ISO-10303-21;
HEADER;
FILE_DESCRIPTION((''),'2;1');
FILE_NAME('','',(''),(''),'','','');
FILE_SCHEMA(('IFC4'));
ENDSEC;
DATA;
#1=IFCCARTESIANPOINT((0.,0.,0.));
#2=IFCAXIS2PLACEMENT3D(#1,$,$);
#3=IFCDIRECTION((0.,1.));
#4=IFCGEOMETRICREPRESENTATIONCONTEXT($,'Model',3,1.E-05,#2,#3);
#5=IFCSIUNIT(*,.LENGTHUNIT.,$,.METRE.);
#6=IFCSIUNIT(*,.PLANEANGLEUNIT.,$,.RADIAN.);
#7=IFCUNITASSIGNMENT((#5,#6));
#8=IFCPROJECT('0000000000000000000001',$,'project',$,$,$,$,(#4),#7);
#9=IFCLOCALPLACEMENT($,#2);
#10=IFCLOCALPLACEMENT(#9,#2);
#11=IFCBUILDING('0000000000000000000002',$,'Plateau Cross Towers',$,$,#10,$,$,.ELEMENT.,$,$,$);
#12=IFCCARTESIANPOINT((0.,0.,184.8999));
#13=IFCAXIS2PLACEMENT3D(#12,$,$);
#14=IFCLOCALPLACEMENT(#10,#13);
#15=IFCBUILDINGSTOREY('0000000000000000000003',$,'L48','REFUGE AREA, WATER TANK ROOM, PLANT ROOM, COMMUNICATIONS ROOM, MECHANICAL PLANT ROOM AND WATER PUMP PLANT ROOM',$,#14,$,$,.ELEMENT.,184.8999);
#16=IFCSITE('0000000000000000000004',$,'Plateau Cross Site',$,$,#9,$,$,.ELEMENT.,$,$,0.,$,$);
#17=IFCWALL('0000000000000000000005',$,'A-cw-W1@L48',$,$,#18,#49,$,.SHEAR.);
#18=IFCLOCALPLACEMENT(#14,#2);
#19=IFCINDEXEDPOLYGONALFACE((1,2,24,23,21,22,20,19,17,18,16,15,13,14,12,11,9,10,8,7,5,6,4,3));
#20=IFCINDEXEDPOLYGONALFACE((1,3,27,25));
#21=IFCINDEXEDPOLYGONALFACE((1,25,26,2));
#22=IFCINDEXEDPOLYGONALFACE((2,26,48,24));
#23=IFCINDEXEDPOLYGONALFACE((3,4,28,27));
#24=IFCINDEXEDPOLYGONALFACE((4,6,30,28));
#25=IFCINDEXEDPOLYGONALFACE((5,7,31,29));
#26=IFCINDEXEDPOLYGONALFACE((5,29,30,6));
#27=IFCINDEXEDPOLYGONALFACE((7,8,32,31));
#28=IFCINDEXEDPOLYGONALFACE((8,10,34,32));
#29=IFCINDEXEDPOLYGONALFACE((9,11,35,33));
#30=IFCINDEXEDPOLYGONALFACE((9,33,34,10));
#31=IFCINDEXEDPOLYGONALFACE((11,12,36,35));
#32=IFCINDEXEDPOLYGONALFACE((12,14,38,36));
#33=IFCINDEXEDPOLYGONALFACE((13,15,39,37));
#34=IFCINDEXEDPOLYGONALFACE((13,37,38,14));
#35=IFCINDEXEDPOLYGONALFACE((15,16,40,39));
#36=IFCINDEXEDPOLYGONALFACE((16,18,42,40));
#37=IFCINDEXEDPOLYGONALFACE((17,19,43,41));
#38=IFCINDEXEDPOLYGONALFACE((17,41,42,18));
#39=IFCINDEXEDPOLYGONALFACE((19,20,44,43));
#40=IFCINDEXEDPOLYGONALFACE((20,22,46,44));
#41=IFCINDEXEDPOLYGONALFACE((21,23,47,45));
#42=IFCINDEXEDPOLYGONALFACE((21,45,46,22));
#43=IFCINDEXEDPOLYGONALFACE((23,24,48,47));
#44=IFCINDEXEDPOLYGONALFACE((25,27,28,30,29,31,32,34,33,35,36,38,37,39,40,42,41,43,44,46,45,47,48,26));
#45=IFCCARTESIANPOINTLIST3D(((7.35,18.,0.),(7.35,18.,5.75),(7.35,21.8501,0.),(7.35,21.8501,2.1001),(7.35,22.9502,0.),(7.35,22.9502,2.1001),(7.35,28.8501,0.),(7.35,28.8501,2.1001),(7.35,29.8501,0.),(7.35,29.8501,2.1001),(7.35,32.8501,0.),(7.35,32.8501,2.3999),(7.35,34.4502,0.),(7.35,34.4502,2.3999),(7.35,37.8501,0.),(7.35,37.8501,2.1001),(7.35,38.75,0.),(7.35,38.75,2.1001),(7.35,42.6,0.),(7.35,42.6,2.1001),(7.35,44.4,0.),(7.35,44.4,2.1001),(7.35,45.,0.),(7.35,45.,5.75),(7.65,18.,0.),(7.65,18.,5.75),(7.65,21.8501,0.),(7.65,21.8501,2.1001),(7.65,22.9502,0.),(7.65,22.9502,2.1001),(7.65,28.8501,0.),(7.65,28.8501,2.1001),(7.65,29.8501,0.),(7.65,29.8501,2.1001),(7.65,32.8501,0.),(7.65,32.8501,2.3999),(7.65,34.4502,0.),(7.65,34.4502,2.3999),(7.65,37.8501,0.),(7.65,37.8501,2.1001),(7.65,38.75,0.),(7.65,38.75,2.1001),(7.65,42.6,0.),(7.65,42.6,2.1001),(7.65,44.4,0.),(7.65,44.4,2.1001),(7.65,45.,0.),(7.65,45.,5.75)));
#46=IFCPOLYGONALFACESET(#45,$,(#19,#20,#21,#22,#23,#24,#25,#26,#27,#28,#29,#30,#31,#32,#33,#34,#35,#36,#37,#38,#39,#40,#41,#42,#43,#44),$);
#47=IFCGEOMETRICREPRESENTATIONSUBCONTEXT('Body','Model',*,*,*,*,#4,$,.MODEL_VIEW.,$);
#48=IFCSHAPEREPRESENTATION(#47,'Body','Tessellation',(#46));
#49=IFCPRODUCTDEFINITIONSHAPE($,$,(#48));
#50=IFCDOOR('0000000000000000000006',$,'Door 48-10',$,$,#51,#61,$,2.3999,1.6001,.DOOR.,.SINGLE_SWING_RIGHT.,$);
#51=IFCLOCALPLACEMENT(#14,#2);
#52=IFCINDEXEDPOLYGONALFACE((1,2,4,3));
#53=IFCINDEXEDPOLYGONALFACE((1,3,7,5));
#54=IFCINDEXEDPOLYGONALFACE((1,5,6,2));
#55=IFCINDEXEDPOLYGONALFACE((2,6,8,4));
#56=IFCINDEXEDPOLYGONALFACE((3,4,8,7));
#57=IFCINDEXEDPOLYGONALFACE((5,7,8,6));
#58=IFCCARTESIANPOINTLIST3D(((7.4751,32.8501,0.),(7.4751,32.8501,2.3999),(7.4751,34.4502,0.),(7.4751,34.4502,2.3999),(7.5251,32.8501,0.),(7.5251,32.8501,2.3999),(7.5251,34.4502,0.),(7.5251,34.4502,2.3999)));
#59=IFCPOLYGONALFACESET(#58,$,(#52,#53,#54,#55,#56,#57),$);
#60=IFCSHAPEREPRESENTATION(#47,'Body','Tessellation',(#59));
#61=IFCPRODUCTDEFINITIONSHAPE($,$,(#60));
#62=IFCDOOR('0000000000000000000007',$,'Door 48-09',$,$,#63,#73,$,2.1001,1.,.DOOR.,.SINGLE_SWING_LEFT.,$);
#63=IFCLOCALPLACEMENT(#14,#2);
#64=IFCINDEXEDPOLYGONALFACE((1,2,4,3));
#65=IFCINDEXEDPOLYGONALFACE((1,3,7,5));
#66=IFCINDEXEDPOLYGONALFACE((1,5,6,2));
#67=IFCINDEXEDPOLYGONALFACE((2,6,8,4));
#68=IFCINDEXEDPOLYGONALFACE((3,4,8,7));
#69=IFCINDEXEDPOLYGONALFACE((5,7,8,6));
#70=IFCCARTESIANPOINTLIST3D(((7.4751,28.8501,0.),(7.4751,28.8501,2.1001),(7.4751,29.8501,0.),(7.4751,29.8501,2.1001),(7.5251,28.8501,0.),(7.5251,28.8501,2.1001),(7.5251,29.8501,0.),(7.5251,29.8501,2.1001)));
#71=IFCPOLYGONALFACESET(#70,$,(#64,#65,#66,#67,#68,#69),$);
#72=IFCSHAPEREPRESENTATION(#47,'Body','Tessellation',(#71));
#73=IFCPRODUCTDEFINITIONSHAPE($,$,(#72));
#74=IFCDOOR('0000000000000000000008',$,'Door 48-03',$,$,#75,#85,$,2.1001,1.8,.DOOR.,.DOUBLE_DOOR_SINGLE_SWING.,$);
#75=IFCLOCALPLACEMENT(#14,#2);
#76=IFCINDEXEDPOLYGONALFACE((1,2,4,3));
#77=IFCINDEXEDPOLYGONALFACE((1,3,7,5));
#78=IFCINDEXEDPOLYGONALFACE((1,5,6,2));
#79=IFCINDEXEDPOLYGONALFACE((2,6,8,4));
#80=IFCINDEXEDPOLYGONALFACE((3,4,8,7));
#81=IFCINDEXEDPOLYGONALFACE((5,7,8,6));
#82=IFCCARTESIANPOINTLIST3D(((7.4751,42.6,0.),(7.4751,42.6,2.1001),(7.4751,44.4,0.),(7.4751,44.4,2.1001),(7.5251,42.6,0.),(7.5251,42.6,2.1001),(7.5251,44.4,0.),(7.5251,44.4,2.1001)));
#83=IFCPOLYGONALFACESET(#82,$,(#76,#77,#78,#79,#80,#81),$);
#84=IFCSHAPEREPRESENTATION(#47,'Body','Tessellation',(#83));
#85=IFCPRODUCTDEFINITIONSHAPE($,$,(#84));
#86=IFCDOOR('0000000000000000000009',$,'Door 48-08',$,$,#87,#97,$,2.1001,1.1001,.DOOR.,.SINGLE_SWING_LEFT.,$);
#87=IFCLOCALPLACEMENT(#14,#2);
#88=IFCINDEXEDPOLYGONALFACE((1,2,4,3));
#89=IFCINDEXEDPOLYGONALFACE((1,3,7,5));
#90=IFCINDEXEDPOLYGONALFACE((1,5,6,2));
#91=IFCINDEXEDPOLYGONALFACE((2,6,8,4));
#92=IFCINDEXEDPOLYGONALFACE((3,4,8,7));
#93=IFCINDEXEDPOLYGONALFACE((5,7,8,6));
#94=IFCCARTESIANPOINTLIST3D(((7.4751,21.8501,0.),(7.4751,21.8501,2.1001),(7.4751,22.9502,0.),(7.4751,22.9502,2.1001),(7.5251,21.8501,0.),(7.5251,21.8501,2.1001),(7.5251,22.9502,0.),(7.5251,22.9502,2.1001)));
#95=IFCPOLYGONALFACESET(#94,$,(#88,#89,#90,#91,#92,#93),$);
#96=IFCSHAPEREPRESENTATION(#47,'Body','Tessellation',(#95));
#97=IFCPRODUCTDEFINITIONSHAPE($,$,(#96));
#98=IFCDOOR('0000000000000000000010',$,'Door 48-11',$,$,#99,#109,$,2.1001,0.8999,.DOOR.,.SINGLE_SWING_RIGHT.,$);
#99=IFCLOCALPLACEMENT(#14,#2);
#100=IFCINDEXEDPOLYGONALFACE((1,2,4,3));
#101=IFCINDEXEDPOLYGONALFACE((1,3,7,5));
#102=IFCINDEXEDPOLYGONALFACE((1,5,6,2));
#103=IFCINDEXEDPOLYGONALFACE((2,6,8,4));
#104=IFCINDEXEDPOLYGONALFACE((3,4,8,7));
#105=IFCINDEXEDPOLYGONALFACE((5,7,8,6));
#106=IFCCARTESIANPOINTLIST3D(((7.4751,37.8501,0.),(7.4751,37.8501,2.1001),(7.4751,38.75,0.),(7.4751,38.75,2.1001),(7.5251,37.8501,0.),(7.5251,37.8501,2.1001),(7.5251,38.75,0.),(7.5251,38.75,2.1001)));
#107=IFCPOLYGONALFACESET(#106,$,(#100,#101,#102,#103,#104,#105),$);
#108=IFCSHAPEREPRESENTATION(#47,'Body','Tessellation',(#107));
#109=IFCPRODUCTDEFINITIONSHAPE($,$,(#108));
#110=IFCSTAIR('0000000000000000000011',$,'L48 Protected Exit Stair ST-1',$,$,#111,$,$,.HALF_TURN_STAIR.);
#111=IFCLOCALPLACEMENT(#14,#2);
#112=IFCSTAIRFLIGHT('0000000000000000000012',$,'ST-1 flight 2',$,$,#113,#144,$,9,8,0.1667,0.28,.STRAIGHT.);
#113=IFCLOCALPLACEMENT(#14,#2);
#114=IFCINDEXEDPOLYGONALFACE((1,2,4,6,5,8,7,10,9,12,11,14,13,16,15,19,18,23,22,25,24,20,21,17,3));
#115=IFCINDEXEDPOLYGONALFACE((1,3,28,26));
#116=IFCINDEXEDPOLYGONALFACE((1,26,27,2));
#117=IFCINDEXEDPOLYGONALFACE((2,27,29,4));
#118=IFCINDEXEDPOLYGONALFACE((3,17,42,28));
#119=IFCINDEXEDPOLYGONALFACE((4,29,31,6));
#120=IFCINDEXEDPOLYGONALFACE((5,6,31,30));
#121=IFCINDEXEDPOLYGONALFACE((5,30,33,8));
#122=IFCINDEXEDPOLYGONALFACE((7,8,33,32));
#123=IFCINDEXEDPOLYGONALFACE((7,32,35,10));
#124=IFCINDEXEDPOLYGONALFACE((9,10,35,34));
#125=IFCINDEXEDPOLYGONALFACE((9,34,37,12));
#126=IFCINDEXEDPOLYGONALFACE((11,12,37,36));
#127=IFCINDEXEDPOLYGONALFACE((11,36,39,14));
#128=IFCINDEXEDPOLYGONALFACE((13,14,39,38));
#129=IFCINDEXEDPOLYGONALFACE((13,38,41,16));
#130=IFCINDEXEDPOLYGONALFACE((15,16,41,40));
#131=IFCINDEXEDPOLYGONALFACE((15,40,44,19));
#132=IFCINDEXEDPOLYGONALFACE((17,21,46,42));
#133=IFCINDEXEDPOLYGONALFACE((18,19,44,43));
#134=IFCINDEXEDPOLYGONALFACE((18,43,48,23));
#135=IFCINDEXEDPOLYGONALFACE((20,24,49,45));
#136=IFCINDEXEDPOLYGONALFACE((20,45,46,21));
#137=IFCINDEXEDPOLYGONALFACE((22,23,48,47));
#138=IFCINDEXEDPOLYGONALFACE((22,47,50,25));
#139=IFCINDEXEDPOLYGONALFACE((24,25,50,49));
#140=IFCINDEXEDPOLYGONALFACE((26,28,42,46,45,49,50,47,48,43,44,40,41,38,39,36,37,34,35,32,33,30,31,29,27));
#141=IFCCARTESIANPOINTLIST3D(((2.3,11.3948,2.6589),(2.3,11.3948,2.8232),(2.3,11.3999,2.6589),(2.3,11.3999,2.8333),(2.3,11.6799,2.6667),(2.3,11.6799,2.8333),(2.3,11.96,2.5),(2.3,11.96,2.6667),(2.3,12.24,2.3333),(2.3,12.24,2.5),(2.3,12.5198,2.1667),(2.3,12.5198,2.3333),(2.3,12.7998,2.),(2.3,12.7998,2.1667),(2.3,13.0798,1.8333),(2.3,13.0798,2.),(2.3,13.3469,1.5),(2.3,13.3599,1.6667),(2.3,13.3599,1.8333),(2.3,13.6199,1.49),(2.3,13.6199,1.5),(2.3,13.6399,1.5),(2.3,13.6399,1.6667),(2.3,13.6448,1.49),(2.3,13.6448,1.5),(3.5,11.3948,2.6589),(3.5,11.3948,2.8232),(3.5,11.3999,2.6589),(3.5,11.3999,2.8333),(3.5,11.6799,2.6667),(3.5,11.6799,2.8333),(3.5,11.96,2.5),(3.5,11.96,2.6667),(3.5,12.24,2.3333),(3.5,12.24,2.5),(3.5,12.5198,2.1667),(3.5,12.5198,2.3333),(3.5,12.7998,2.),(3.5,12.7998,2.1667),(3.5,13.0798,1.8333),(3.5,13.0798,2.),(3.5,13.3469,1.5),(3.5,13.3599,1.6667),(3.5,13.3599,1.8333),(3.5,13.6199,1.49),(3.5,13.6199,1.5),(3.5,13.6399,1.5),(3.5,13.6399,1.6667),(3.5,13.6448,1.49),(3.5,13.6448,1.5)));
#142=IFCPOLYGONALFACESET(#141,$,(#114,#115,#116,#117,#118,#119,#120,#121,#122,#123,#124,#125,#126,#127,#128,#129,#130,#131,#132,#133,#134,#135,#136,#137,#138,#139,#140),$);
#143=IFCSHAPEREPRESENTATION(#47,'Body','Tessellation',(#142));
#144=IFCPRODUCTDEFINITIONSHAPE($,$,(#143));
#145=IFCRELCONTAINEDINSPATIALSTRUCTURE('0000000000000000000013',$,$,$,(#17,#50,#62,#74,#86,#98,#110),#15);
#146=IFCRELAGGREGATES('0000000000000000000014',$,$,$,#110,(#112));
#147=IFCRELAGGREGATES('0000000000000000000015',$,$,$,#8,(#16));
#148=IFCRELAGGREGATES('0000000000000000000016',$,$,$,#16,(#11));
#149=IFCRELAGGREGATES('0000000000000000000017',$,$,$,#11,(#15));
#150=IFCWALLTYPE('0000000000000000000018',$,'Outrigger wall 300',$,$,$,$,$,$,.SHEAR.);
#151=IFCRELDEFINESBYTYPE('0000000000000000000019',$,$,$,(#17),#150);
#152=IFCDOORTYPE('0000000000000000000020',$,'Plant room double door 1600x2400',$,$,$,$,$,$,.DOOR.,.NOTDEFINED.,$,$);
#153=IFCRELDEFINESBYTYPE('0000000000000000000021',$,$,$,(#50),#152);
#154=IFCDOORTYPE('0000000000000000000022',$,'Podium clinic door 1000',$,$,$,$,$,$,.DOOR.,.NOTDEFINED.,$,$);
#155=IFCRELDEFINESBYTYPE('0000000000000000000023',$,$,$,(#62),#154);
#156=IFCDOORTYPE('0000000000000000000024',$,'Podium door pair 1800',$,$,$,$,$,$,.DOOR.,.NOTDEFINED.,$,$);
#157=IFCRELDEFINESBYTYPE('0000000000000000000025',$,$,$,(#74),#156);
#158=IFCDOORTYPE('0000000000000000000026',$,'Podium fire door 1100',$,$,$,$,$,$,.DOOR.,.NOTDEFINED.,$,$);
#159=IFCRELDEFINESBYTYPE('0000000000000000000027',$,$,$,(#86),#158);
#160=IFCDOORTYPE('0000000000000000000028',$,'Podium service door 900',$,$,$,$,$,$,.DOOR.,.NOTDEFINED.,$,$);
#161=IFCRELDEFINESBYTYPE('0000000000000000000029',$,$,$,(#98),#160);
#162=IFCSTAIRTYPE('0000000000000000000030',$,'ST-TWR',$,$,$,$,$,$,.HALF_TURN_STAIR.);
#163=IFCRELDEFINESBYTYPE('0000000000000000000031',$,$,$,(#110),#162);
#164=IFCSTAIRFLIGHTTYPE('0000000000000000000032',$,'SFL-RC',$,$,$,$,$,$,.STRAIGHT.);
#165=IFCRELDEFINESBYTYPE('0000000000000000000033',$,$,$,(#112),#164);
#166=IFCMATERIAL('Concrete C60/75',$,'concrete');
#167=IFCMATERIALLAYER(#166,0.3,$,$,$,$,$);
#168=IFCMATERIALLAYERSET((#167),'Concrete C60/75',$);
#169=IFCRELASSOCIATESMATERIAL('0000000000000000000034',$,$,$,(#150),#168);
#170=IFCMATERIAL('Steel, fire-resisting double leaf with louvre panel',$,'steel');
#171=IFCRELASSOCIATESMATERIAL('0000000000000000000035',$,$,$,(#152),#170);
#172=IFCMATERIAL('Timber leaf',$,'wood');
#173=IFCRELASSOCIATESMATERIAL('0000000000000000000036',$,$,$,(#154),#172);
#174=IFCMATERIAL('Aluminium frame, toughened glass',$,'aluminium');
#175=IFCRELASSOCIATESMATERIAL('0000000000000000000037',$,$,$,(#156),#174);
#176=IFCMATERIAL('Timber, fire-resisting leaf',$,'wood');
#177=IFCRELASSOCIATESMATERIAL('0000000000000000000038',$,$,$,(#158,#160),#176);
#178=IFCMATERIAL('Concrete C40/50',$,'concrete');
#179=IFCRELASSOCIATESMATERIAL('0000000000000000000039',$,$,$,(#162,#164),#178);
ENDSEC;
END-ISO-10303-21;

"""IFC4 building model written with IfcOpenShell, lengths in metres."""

from ifc_helpers import new_model, si_unit, direction, frame, frame_2d, origin, place, context, subcontext, project, spatial, polyline, rectangle, outline, extrude, material, layer, layer_set, type_object, element, fill, aggregate, save


model = new_model("IFC4")

# Units and contexts
model_context = context("Model", 3, precision=1e-05, world=origin(), true_north=direction((0.0, 1.0)))
body_context = subcontext(model_context, "Body", "Model", "MODEL_VIEW")
ifc_project = project(units=[si_unit("LENGTHUNIT", "METRE"), si_unit("PLANEANGLEUNIT", "RADIAN")], contexts=[model_context])

# Site, building, storey
site_placement = place(None, origin())
site = spatial("IfcSite", under=ifc_project, at=site_placement, Name="Plateau Cross Site", CompositionType="ELEMENT", RefElevation=0.0)
building_placement = place(site_placement, origin())
building = spatial("IfcBuilding", under=site, at=building_placement, Name="Plateau Cross Towers", CompositionType="ELEMENT")
storey_placement = place(building_placement, frame((0.0, 0.0, 184.8999)))
storey = spatial("IfcBuildingStorey", under=building, at=storey_placement, Name="L48", Description="REFUGE AREA, WATER TANK ROOM, PLANT ROOM, COMMUNICATIONS ROOM, MECHANICAL PLANT ROOM AND WATER PUMP PLANT ROOM", CompositionType="ELEMENT", Elevation=184.8999)

# Shared definitions
ifc_material_1 = material(Name="Concrete C60/75", Category="concrete")

# Wall, openings, doors
ifc_layer_1 = layer(ifc_material_1, 0.3)
ifc_layer_set_1 = layer_set([ifc_layer_1], Name="Concrete C60/75")
wall_type_1 = type_object("IfcWallType", Name="Outrigger wall 300", PredefinedType="SHEAR", material=ifc_layer_set_1)
wall_1_placement = place(storey_placement, frame((7.5, 18.0, 0.0), z_axis=(0.0, 0.0, 1.0), x_axis=(0.0, 1.0, 0.0)))
wall_1 = element("IfcWall", 1, at=wall_1_placement, inside=storey, type_object=wall_type_1, Name="A-cw-W1@L48", PredefinedType="SHEAR", context=body_context, shape_type="SweptSolid", body=[
    extrude(rectangle(XDim=27.0, YDim=0.3, at=frame_2d((13.5, 0.0))), origin(), (0.0, 0.0, 1.0), 5.75),
])
opening_1_placement = place(wall_1_placement, frame((24.6001, 0.0, 0.0)))
opening_1 = element("IfcOpeningElement", 2, at=opening_1_placement, cuts=wall_1, PredefinedType="OPENING", context=body_context, shape_type="SweptSolid", body=[
    extrude(rectangle(XDim=1.8, YDim=2.1001, at=frame_2d((0.8999, 1.05))), frame((0.0, 0.1599, 0.0), z_axis=(0.0, -1.0, 0.0), x_axis=(1.0, 0.0, 0.0)), (0.0, 0.0, 1.0), 0.3201),
])
opening_2_placement = place(wall_1_placement, frame((3.8501, 0.0, 0.0)))
opening_2 = element("IfcOpeningElement", 3, at=opening_2_placement, cuts=wall_1, PredefinedType="OPENING", context=body_context, shape_type="SweptSolid", body=[
    extrude(rectangle(XDim=1.1001, YDim=2.1001, at=frame_2d((0.55, 1.05))), frame((0.0, 0.1599, 0.0), z_axis=(0.0, -1.0, 0.0), x_axis=(1.0, 0.0, 0.0)), (0.0, 0.0, 1.0), 0.3201),
])
opening_3_placement = place(wall_1_placement, frame((10.8501, 0.0, 0.0)))
opening_3 = element("IfcOpeningElement", 4, at=opening_3_placement, cuts=wall_1, PredefinedType="OPENING", context=body_context, shape_type="SweptSolid", body=[
    extrude(rectangle(XDim=1.0, YDim=2.1001, at=frame_2d((0.5, 1.05))), frame((0.0, 0.1599, 0.0), z_axis=(0.0, -1.0, 0.0), x_axis=(1.0, 0.0, 0.0)), (0.0, 0.0, 1.0), 0.3201),
])
opening_4_placement = place(wall_1_placement, frame((14.8501, 0.0, 0.0)))
opening_4 = element("IfcOpeningElement", 5, at=opening_4_placement, cuts=wall_1, PredefinedType="OPENING", context=body_context, shape_type="SweptSolid", body=[
    extrude(rectangle(XDim=1.6001, YDim=2.3999, at=frame_2d((0.8, 1.2))), frame((0.0, 0.1599, 0.0), z_axis=(0.0, -1.0, 0.0), x_axis=(1.0, 0.0, 0.0)), (0.0, 0.0, 1.0), 0.3201),
])
opening_5_placement = place(wall_1_placement, frame((19.8501, 0.0, 0.0)))
opening_5 = element("IfcOpeningElement", 6, at=opening_5_placement, cuts=wall_1, PredefinedType="OPENING", context=body_context, shape_type="SweptSolid", body=[
    extrude(rectangle(XDim=0.8999, YDim=2.1001, at=frame_2d((0.45, 1.05))), frame((0.0, 0.1599, 0.0), z_axis=(0.0, -1.0, 0.0), x_axis=(1.0, 0.0, 0.0)), (0.0, 0.0, 1.0), 0.3201),
])
ifc_material_2 = material(Name="Steel, fire-resisting double leaf with louvre panel", Category="steel")
door_type_1 = type_object("IfcDoorType", Name="Plant room double door 1600x2400", OperationType="NOTDEFINED", PredefinedType="DOOR", material=ifc_material_2)
door_1_placement = place(opening_4_placement, origin())
door_1 = element("IfcDoor", 7, at=door_1_placement, inside=storey, type_object=door_type_1, Name="Door 48-10", OperationType="SINGLE_SWING_RIGHT", OverallHeight=2.3999, OverallWidth=1.6001, PredefinedType="DOOR", context=body_context, shape_type="SweptSolid", body=[
    extrude(rectangle(XDim=1.6001, YDim=2.3999, at=frame_2d((0.8, 1.2))), frame((0.0, 0.0249, 0.0), z_axis=(0.0, -1.0, 0.0), x_axis=(1.0, 0.0, 0.0)), (0.0, 0.0, 1.0), 0.05),
])
fill(opening_4, door_1)
ifc_material_3 = material(Name="Timber leaf", Category="wood")
door_type_2 = type_object("IfcDoorType", Name="Podium clinic door 1000", OperationType="NOTDEFINED", PredefinedType="DOOR", material=ifc_material_3)
door_2_placement = place(opening_3_placement, origin())
door_2 = element("IfcDoor", 8, at=door_2_placement, inside=storey, type_object=door_type_2, Name="Door 48-09", OperationType="SINGLE_SWING_LEFT", OverallHeight=2.1001, OverallWidth=1.0, PredefinedType="DOOR", context=body_context, shape_type="SweptSolid", body=[
    extrude(rectangle(XDim=1.0, YDim=2.1001, at=frame_2d((0.5, 1.05))), frame((0.0, 0.0249, 0.0), z_axis=(0.0, -1.0, 0.0), x_axis=(1.0, 0.0, 0.0)), (0.0, 0.0, 1.0), 0.05),
])
fill(opening_3, door_2)
ifc_material_4 = material(Name="Aluminium frame, toughened glass", Category="aluminium")
door_type_3 = type_object("IfcDoorType", Name="Podium door pair 1800", OperationType="NOTDEFINED", PredefinedType="DOOR", material=ifc_material_4)
door_3_placement = place(opening_1_placement, origin())
door_3 = element("IfcDoor", 9, at=door_3_placement, inside=storey, type_object=door_type_3, Name="Door 48-03", OperationType="DOUBLE_DOOR_SINGLE_SWING", OverallHeight=2.1001, OverallWidth=1.8, PredefinedType="DOOR", context=body_context, shape_type="SweptSolid", body=[
    extrude(rectangle(XDim=1.8, YDim=2.1001, at=frame_2d((0.8999, 1.05))), frame((0.0, 0.0249, 0.0), z_axis=(0.0, -1.0, 0.0), x_axis=(1.0, 0.0, 0.0)), (0.0, 0.0, 1.0), 0.05),
])
fill(opening_1, door_3)
ifc_material_5 = material(Name="Timber, fire-resisting leaf", Category="wood")
door_type_4 = type_object("IfcDoorType", Name="Podium fire door 1100", OperationType="NOTDEFINED", PredefinedType="DOOR", material=ifc_material_5)
door_4_placement = place(opening_2_placement, origin())
door_4 = element("IfcDoor", 10, at=door_4_placement, inside=storey, type_object=door_type_4, Name="Door 48-08", OperationType="SINGLE_SWING_LEFT", OverallHeight=2.1001, OverallWidth=1.1001, PredefinedType="DOOR", context=body_context, shape_type="SweptSolid", body=[
    extrude(rectangle(XDim=1.1001, YDim=2.1001, at=frame_2d((0.55, 1.05))), frame((0.0, 0.0249, 0.0), z_axis=(0.0, -1.0, 0.0), x_axis=(1.0, 0.0, 0.0)), (0.0, 0.0, 1.0), 0.05),
])
fill(opening_2, door_4)
door_type_5 = type_object("IfcDoorType", Name="Podium service door 900", OperationType="NOTDEFINED", PredefinedType="DOOR", material=ifc_material_5)
door_5_placement = place(opening_5_placement, origin())
door_5 = element("IfcDoor", 11, at=door_5_placement, inside=storey, type_object=door_type_5, Name="Door 48-11", OperationType="SINGLE_SWING_RIGHT", OverallHeight=2.1001, OverallWidth=0.8999, PredefinedType="DOOR", context=body_context, shape_type="SweptSolid", body=[
    extrude(rectangle(XDim=0.8999, YDim=2.1001, at=frame_2d((0.45, 1.05))), frame((0.0, 0.0249, 0.0), z_axis=(0.0, -1.0, 0.0), x_axis=(1.0, 0.0, 0.0)), (0.0, 0.0, 1.0), 0.05),
])
fill(opening_5, door_5)

# Stair, stair flight
ifc_material_6 = material(Name="Concrete C40/50", Category="concrete")
stair_type = type_object("IfcStairType", Name="ST-TWR", PredefinedType="HALF_TURN_STAIR", material=ifc_material_6)
stair_placement = place(storey_placement, origin())
stair = element("IfcStair", 12, at=stair_placement, inside=storey, type_object=stair_type, Name="L48 Protected Exit Stair ST-1", PredefinedType="HALF_TURN_STAIR")
stair_flight_type = type_object("IfcStairFlightType", Name="SFL-RC", PredefinedType="STRAIGHT", material=ifc_material_6)
stair_flight_1_placement = place(storey_placement, frame((2.8999, 13.6399, 1.5), z_axis=(0.0, 0.0, 1.0), x_axis=(0.0, -1.0, 0.0)))
stair_flight_1 = element("IfcStairFlight", 13, at=stair_flight_1_placement, type_object=stair_flight_type, Name="ST-1 flight 2", NumberOfRisers=9, NumberOfTreads=8, PredefinedType="STRAIGHT", RiserHeight=0.1667, TreadLength=0.28, context=body_context, shape_type="SweptSolid", body=[
    extrude(outline(polyline([(-0.0049, -0.01), (-0.0049, 0.0), (0.0, 0.0), (0.0, 0.1667), (0.28, 0.1667), (0.28, 0.3333), (0.5601, 0.3333), (0.5601, 0.5), (0.8401, 0.5), (0.8401, 0.6667), (1.1201, 0.6667), (1.1201, 0.8333), (1.3999, 0.8333), (1.3999, 1.0), (1.6799, 1.0), (1.6799, 1.1667), (1.96, 1.1667), (1.96, 1.3333), (2.24, 1.3333), (2.2451, 1.3232), (2.2451, 1.1589), (2.24, 1.1589), (0.293, 0.0), (0.02, 0.0), (0.02, -0.01), (-0.0049, -0.01)])), frame((0.0, 0.6001, 0.0), z_axis=(0.0, -1.0, 0.0), x_axis=(1.0, 0.0, 0.0)), (0.0, 0.0, 1.0), 1.2),
])
aggregate(stair, [stair_flight_1])

save(model, "model.ifc")
